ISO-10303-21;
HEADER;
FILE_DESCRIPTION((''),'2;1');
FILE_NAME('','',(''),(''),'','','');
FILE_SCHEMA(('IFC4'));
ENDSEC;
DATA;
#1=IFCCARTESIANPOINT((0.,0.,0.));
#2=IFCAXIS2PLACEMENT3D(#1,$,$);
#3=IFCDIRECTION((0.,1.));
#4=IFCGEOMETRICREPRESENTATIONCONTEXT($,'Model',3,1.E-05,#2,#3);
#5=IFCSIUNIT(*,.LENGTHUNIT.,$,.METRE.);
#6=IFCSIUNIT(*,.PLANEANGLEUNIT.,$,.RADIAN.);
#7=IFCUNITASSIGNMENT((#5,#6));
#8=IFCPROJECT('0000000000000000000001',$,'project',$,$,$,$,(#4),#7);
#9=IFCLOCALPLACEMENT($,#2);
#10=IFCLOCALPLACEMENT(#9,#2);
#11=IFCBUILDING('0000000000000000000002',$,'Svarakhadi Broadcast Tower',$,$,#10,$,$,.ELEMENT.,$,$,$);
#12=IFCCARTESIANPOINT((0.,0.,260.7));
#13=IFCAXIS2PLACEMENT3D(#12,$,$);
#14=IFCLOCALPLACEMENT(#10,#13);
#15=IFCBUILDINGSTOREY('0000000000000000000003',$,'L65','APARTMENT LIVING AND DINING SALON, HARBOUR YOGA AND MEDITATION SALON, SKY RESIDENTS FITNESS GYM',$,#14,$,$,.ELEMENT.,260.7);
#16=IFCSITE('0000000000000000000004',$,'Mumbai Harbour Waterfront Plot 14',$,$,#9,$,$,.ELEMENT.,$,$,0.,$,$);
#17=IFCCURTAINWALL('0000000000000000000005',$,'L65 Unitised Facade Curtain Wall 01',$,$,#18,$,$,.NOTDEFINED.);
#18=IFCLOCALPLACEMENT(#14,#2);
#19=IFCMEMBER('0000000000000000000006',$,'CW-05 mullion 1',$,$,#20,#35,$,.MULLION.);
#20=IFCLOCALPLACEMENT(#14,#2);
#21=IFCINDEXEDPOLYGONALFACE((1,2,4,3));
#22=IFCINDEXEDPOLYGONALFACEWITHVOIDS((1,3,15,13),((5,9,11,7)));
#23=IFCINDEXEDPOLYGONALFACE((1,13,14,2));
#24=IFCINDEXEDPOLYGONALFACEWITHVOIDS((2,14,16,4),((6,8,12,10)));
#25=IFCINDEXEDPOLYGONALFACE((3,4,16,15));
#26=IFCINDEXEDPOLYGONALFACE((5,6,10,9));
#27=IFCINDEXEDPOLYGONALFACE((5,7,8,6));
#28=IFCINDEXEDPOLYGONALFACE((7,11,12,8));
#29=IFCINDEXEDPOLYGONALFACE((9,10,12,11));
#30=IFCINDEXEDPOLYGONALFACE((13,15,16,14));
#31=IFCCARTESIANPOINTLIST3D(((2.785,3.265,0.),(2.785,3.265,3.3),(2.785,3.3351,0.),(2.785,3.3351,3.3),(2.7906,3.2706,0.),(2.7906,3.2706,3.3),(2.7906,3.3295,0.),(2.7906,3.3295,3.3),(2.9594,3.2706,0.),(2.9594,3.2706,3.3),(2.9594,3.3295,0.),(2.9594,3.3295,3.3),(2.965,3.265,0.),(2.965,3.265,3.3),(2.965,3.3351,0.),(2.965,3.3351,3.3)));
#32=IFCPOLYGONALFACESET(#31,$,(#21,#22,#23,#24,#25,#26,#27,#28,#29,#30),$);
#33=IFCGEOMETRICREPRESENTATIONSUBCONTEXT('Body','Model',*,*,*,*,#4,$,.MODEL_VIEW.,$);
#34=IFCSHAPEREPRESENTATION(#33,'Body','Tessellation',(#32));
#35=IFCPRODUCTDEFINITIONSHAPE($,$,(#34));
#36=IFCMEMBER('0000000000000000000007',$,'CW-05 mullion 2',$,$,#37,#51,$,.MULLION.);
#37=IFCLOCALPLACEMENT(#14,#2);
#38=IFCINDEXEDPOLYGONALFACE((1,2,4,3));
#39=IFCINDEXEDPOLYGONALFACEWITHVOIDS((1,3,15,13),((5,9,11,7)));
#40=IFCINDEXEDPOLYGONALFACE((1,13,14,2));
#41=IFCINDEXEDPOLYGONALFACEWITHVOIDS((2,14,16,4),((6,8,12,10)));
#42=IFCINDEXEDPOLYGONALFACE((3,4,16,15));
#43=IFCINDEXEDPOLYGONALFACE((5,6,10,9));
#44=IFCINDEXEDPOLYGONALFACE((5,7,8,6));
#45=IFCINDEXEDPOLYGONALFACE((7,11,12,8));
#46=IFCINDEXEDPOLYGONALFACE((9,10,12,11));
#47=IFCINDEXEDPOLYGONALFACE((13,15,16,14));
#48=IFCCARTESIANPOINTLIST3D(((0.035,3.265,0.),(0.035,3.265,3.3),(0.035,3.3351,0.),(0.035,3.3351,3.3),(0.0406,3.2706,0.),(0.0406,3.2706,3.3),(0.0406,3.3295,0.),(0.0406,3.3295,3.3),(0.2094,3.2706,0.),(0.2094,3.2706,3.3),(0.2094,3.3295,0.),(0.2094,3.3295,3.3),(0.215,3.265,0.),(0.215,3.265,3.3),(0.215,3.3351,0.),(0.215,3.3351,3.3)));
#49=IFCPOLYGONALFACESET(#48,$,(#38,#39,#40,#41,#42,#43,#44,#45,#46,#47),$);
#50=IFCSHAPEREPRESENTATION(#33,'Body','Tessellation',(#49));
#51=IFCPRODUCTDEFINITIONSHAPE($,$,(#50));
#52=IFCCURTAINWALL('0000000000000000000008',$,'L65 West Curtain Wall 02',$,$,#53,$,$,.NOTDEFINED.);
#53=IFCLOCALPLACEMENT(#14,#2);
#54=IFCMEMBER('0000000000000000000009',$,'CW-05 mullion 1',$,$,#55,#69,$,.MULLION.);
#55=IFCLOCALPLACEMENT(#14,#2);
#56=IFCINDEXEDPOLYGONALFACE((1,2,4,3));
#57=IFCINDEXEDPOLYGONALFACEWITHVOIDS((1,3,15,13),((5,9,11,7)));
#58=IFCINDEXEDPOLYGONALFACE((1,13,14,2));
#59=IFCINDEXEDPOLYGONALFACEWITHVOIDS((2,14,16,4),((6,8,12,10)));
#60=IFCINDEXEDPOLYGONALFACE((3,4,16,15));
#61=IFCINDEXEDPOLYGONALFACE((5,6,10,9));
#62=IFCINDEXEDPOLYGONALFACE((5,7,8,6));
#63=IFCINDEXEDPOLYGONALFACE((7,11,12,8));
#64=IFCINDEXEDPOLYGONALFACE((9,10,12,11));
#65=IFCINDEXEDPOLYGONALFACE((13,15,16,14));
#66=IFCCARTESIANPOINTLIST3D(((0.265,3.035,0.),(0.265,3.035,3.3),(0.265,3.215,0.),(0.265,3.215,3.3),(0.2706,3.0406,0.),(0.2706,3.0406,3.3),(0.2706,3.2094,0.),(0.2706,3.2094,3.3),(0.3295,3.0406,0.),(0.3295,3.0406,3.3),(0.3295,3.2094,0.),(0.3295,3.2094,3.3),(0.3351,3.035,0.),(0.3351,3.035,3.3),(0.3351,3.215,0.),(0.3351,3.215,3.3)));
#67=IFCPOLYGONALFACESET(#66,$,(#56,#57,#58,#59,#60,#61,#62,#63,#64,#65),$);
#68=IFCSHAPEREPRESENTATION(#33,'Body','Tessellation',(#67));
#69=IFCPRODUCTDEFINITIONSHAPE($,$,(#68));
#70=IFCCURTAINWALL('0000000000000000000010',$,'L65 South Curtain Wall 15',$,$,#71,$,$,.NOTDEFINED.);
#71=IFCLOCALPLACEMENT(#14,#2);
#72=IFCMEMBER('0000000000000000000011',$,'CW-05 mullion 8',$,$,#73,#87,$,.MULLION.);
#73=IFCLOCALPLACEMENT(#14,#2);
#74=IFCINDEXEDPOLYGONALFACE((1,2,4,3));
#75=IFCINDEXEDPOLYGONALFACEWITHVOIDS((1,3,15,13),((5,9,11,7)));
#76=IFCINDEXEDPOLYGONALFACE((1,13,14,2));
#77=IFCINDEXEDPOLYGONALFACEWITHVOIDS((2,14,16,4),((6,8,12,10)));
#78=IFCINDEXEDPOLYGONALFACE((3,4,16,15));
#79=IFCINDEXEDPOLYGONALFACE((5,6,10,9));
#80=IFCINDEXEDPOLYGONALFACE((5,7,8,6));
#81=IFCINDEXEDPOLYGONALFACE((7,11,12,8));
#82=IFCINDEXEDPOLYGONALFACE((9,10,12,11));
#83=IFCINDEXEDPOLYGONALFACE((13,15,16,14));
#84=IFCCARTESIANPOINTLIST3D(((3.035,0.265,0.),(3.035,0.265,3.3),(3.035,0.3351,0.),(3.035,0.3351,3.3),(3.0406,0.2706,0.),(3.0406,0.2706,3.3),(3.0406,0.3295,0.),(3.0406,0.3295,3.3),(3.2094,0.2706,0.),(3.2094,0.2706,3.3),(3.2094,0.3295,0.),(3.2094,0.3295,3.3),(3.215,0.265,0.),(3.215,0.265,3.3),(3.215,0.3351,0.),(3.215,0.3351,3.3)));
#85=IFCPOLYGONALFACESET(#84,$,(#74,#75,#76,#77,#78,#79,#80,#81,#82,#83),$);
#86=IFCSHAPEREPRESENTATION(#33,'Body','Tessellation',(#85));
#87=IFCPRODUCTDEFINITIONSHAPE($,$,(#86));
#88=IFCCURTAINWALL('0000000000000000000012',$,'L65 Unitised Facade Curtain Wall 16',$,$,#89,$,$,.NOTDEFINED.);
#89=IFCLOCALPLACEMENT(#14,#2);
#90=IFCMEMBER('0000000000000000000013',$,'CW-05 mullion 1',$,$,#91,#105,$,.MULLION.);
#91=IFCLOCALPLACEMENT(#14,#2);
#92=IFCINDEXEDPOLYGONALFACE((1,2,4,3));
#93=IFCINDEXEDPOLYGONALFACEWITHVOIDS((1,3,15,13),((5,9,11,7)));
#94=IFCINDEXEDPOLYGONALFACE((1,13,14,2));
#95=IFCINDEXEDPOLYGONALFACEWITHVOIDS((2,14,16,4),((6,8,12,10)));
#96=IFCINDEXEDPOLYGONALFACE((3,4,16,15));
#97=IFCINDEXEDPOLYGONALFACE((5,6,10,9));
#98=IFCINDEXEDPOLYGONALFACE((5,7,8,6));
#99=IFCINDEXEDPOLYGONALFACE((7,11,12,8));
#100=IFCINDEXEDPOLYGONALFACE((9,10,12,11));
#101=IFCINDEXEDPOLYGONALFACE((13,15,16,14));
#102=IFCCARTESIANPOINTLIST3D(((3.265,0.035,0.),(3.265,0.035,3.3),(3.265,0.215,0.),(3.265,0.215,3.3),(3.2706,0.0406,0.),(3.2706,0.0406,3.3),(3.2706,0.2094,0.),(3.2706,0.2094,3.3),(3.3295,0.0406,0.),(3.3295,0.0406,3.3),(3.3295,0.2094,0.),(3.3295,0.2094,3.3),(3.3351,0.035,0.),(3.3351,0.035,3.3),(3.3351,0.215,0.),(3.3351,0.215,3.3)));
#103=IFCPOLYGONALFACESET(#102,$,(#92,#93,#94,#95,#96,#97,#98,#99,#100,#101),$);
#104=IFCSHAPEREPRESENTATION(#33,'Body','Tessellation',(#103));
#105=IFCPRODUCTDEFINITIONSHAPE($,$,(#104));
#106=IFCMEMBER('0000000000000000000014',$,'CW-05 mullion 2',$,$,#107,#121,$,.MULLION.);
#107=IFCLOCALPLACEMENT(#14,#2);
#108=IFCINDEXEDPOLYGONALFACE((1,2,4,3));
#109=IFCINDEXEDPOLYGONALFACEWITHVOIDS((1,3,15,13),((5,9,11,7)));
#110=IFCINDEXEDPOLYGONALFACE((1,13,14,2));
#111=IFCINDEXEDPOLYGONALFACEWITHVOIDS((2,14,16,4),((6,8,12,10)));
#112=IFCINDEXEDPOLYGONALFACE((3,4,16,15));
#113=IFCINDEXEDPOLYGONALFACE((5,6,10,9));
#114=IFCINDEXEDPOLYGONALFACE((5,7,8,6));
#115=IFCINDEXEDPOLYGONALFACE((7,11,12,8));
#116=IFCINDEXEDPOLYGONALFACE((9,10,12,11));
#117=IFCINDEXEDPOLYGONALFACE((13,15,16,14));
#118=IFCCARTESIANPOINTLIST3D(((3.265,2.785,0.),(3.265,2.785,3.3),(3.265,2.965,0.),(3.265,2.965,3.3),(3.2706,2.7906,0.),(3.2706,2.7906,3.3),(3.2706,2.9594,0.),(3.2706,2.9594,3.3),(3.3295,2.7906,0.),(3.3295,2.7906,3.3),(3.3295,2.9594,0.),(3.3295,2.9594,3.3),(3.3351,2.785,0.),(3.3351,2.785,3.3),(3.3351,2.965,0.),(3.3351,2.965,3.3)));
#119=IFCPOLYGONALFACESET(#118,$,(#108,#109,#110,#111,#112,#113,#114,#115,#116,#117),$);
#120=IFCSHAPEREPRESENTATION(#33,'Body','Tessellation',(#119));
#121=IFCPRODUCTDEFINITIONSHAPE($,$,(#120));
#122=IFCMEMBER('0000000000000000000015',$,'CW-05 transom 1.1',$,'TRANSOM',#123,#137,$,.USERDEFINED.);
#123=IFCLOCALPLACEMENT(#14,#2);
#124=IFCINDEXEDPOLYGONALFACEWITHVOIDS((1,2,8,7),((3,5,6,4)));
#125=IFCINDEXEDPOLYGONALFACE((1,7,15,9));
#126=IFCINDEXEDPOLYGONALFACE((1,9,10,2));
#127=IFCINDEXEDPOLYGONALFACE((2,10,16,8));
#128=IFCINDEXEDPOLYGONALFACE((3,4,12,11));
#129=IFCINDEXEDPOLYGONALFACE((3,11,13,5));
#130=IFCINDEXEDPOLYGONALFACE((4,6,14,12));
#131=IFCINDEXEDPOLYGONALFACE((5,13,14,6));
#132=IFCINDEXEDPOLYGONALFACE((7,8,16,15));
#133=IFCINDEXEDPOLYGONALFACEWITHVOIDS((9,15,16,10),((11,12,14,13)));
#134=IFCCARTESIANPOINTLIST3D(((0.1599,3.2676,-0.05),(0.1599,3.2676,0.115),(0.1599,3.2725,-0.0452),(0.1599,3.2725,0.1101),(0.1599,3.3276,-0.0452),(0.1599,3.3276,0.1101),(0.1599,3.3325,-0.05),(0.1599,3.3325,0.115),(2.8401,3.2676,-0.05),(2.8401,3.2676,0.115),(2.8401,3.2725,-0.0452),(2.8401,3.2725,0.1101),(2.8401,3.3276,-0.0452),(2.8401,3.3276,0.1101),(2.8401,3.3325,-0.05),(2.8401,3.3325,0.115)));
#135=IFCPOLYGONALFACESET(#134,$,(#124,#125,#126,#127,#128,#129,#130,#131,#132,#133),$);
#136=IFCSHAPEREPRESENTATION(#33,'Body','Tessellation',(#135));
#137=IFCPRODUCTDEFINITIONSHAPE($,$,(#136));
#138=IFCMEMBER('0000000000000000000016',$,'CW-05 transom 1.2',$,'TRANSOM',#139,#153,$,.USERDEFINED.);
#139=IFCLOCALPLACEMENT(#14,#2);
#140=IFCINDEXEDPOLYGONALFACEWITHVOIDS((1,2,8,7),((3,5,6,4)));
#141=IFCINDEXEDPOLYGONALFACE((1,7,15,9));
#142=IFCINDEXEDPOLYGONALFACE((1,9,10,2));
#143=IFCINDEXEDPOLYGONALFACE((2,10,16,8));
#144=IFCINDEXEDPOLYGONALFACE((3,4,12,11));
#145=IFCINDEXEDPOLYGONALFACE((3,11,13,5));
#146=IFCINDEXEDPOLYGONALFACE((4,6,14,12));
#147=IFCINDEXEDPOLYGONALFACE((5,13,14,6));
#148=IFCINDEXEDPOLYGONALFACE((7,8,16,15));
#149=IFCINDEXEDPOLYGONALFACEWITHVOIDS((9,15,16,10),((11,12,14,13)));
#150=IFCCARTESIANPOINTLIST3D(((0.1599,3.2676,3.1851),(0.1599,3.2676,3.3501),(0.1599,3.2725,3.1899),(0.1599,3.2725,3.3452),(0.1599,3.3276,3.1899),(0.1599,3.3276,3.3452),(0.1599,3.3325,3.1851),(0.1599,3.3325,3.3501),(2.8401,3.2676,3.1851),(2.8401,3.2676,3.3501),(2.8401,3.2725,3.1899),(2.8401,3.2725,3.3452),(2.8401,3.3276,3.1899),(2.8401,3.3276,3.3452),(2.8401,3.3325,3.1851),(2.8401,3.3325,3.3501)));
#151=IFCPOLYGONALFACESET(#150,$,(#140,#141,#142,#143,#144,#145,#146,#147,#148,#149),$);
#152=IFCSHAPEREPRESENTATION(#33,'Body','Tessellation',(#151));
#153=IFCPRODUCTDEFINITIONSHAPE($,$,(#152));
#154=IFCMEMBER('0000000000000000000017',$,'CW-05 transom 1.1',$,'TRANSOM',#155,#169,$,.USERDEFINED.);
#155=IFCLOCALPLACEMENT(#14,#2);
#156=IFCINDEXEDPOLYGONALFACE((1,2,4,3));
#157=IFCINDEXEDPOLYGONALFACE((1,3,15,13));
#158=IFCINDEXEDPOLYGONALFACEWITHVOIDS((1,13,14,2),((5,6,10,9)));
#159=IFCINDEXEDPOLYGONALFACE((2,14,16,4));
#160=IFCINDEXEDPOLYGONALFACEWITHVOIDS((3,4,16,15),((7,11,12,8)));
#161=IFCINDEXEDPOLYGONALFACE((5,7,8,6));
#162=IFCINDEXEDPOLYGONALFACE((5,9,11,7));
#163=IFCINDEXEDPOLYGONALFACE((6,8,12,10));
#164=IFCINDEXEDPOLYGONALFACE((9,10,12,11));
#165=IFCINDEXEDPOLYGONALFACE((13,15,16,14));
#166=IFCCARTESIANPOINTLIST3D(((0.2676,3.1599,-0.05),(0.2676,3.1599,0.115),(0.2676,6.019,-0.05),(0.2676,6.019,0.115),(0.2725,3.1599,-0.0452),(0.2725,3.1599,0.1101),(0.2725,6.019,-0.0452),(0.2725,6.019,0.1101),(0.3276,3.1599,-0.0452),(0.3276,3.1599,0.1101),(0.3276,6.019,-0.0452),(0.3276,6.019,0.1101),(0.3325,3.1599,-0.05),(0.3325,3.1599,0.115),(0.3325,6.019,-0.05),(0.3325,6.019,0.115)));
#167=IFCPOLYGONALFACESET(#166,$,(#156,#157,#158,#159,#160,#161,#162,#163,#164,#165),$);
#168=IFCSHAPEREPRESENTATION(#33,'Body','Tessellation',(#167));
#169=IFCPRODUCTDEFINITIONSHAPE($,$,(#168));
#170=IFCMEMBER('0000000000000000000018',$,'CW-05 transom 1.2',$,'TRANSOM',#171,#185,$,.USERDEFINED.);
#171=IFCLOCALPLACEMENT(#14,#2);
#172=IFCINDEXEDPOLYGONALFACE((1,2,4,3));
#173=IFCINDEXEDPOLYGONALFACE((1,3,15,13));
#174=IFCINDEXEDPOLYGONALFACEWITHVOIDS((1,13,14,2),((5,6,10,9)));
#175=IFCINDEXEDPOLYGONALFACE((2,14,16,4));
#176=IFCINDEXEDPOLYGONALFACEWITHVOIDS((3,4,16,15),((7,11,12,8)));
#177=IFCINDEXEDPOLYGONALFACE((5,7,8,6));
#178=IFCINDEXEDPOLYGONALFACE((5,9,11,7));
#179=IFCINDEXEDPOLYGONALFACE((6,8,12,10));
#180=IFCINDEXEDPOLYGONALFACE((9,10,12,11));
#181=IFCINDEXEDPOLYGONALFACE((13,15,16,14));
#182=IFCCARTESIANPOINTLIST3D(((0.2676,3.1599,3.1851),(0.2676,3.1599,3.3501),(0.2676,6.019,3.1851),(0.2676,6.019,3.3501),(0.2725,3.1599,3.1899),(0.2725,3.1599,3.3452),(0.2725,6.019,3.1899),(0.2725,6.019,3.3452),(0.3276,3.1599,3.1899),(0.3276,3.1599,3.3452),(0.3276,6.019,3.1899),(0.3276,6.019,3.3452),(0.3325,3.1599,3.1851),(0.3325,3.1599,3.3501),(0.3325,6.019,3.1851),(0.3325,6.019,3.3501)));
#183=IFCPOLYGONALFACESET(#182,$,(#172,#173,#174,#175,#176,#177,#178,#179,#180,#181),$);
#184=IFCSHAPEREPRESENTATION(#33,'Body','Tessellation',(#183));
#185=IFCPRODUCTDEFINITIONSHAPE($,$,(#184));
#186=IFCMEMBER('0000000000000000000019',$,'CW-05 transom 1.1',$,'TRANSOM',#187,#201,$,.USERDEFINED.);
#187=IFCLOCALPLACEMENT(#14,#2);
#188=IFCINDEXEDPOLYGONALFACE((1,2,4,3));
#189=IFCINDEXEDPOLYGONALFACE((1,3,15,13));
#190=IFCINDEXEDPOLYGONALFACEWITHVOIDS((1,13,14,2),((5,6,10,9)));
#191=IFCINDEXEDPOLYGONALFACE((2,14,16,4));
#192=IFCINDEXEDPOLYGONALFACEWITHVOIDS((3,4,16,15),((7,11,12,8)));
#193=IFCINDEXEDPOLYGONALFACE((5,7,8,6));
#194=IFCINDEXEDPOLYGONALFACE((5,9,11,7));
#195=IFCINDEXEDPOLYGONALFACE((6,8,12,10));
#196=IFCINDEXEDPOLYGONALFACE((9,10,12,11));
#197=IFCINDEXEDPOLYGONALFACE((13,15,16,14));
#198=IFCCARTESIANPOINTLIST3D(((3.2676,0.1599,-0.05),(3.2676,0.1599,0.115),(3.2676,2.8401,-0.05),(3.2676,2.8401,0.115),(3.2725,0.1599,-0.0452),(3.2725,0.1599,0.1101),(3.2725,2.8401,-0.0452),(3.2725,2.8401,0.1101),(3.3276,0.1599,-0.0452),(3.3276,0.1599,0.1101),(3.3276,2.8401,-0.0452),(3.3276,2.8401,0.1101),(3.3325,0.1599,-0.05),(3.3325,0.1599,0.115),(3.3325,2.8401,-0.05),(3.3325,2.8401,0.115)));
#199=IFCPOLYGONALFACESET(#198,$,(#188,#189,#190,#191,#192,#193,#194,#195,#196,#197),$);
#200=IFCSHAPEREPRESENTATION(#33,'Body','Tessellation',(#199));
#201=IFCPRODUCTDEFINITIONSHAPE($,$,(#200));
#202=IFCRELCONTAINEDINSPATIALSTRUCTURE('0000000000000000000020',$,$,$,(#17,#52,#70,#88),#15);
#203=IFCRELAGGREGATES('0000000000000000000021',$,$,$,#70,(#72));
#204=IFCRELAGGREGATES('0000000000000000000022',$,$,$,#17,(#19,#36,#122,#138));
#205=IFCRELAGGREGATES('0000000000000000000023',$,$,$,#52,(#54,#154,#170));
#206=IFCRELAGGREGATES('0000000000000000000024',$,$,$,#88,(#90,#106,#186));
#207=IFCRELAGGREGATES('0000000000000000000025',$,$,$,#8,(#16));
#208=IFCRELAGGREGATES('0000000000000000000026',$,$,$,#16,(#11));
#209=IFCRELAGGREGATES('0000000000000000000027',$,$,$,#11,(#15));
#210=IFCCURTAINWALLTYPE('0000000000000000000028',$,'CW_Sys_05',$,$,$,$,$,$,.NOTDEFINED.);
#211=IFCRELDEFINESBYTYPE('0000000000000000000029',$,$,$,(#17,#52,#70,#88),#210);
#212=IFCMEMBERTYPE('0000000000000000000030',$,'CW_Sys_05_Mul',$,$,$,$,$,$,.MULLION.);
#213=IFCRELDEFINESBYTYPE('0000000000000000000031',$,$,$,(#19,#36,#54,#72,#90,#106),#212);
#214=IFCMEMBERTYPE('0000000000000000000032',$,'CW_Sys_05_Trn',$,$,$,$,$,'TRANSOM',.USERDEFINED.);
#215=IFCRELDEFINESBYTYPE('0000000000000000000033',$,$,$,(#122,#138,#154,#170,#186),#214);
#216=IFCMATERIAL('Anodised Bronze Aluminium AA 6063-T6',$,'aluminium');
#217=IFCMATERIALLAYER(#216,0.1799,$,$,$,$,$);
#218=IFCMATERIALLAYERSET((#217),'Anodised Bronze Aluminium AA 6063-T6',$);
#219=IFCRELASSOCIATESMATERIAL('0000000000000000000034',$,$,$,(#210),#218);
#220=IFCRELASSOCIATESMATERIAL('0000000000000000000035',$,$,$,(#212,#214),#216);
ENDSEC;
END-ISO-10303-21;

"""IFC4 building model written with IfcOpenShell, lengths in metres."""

from ifc_helpers import new_model, si_unit, direction, frame, origin, origin_2d, place, context, subcontext, project, spatial, hollow_rectangle, extrude, material, layer, layer_set, material_profile, profile_set, type_object, element, aggregate, save


model = new_model("IFC4")

# Units and contexts
model_context = context("Model", 3, precision=1e-05, world=origin(), true_north=direction((0.0, 1.0)))
body_context = subcontext(model_context, "Body", "Model", "MODEL_VIEW")
ifc_project = project(units=[si_unit("LENGTHUNIT", "METRE"), si_unit("PLANEANGLEUNIT", "RADIAN")], contexts=[model_context])

# Site, building, storey
site_placement = place(None, origin())
site = spatial("IfcSite", under=ifc_project, at=site_placement, Name="Mumbai Harbour Waterfront Plot 14", CompositionType="ELEMENT", RefElevation=0.0)
building_placement = place(site_placement, origin())
building = spatial("IfcBuilding", under=site, at=building_placement, Name="Svarakhadi Broadcast Tower", CompositionType="ELEMENT")
storey_placement = place(building_placement, frame((0.0, 0.0, 260.7)))
storey = spatial("IfcBuildingStorey", under=building, at=storey_placement, Name="L65", Description="APARTMENT LIVING AND DINING SALON, HARBOUR YOGA AND MEDITATION SALON, SKY RESIDENTS FITNESS GYM", CompositionType="ELEMENT", Elevation=260.7)

# Curtain wall, members
ifc_material_1 = material(Name="Anodised Bronze Aluminium AA 6063-T6", Category="aluminium")
ifc_layer_1 = layer(ifc_material_1, 0.1799)
ifc_layer_set_1 = layer_set([ifc_layer_1], Name="Anodised Bronze Aluminium AA 6063-T6")
curtain_wall_type = type_object("IfcCurtainWallType", Name="CW_Sys_05", PredefinedType="NOTDEFINED", material=ifc_layer_set_1)
curtain_wall_1_placement = place(storey_placement, origin())
curtain_wall_1 = element("IfcCurtainWall", 1, at=curtain_wall_1_placement, inside=storey, type_object=curtain_wall_type, Name="L65 Unitised Facade Curtain Wall 01", PredefinedType="NOTDEFINED")
ifc_material_profile_1 = material_profile(ifc_material_1, hollow_rectangle(XDim=0.0701, YDim=0.1799, WallThickness=0.0056, at=origin_2d()), Name="ALU MULLION 180x70x6")
ifc_profile_set_1 = profile_set([ifc_material_profile_1], Name="Anodised Bronze Aluminium AA 6063-T6")
member_type_1 = type_object("IfcMemberType", Name="CW_Sys_05_Mul", PredefinedType="MULLION", material=ifc_profile_set_1)
member_1_placement = place(storey_placement, frame((2.875, 3.3, 0.0), z_axis=(0.0, 0.0, 1.0), x_axis=(0.0, -1.0, 0.0)))
member_1 = element("IfcMember", 2, at=member_1_placement, type_object=member_type_1, Name="CW-05 mullion 1", PredefinedType="MULLION", context=body_context, shape_type="SweptSolid", body=[
    extrude(hollow_rectangle(XDim=0.0701, YDim=0.1799, WallThickness=0.0056, at=origin_2d()), origin(), (0.0, 0.0, 1.0), 3.3),
])
member_2_placement = place(storey_placement, frame((0.125, 3.3, 0.0), z_axis=(0.0, 0.0, 1.0), x_axis=(0.0, -1.0, 0.0)))
member_2 = element("IfcMember", 3, at=member_2_placement, type_object=member_type_1, Name="CW-05 mullion 2", PredefinedType="MULLION", context=body_context, shape_type="SweptSolid", body=[
    extrude(hollow_rectangle(XDim=0.0701, YDim=0.1799, WallThickness=0.0056, at=origin_2d()), origin(), (0.0, 0.0, 1.0), 3.3),
])

# Curtain walls, members
curtain_wall_2_placement = place(storey_placement, origin())
curtain_wall_2 = element("IfcCurtainWall", 4, at=curtain_wall_2_placement, inside=storey, type_object=curtain_wall_type, Name="L65 West Curtain Wall 02", PredefinedType="NOTDEFINED")
member_3_placement = place(storey_placement, frame((0.3, 3.125, 0.0), z_axis=(0.0, 0.0, 1.0), x_axis=(-1.0, 0.0, 0.0)))
member_3 = element("IfcMember", 5, at=member_3_placement, type_object=member_type_1, Name="CW-05 mullion 1", PredefinedType="MULLION", context=body_context, shape_type="SweptSolid", body=[
    extrude(hollow_rectangle(XDim=0.0701, YDim=0.1799, WallThickness=0.0056, at=origin_2d()), origin(), (0.0, 0.0, 1.0), 3.3),
])
curtain_wall_3_placement = place(storey_placement, origin())
curtain_wall_3 = element("IfcCurtainWall", 6, at=curtain_wall_3_placement, inside=storey, type_object=curtain_wall_type, Name="L65 South Curtain Wall 15", PredefinedType="NOTDEFINED")
member_4_placement = place(storey_placement, frame((3.125, 0.3, 0.0), z_axis=(0.0, 0.0, 1.0), x_axis=(0.0, -1.0, 0.0)))
member_4 = element("IfcMember", 7, at=member_4_placement, type_object=member_type_1, Name="CW-05 mullion 8", PredefinedType="MULLION", context=body_context, shape_type="SweptSolid", body=[
    extrude(hollow_rectangle(XDim=0.0701, YDim=0.1799, WallThickness=0.0056, at=origin_2d()), origin(), (0.0, 0.0, 1.0), 3.3),
])
aggregate(curtain_wall_3, [member_4])

# Curtain wall, members
curtain_wall_4_placement = place(storey_placement, origin())
curtain_wall_4 = element("IfcCurtainWall", 8, at=curtain_wall_4_placement, inside=storey, type_object=curtain_wall_type, Name="L65 Unitised Facade Curtain Wall 16", PredefinedType="NOTDEFINED")
member_5_placement = place(storey_placement, frame((3.3, 0.125, 0.0), z_axis=(0.0, 0.0, 1.0), x_axis=(-1.0, 0.0, 0.0)))
member_5 = element("IfcMember", 9, at=member_5_placement, type_object=member_type_1, Name="CW-05 mullion 1", PredefinedType="MULLION", context=body_context, shape_type="SweptSolid", body=[
    extrude(hollow_rectangle(XDim=0.0701, YDim=0.1799, WallThickness=0.0056, at=origin_2d()), origin(), (0.0, 0.0, 1.0), 3.3),
])
member_6_placement = place(storey_placement, frame((3.3, 2.875, 0.0), z_axis=(0.0, 0.0, 1.0), x_axis=(-1.0, 0.0, 0.0)))
member_6 = element("IfcMember", 10, at=member_6_placement, type_object=member_type_1, Name="CW-05 mullion 2", PredefinedType="MULLION", context=body_context, shape_type="SweptSolid", body=[
    extrude(hollow_rectangle(XDim=0.0701, YDim=0.1799, WallThickness=0.0056, at=origin_2d()), origin(), (0.0, 0.0, 1.0), 3.3),
])

# Members
ifc_material_profile_2 = material_profile(ifc_material_1, hollow_rectangle(XDim=0.0649, YDim=0.165, WallThickness=0.0049, at=origin_2d()), Name="ALU TRANSOM 165x65x5")
ifc_profile_set_2 = profile_set([ifc_material_profile_2], Name="Anodised Bronze Aluminium AA 6063-T6")
member_type_2 = type_object("IfcMemberType", Name="CW_Sys_05_Trn", ElementType="TRANSOM", PredefinedType="USERDEFINED", material=ifc_profile_set_2)
member_7_placement = place(storey_placement, frame((2.8401, 3.3, 0.0325), z_axis=(-1.0, 0.0, 0.0), x_axis=(0.0, -1.0, 0.0)))
member_7 = element("IfcMember", 11, at=member_7_placement, type_object=member_type_2, Name="CW-05 transom 1.1", ObjectType="TRANSOM", PredefinedType="USERDEFINED", context=body_context, shape_type="SweptSolid", body=[
    extrude(hollow_rectangle(XDim=0.0649, YDim=0.165, WallThickness=0.0049, at=origin_2d()), origin(), (0.0, 0.0, 1.0), 2.6802),
])
member_8_placement = place(storey_placement, frame((2.8401, 3.3, 3.2676), z_axis=(-1.0, 0.0, 0.0), x_axis=(0.0, -1.0, 0.0)))
member_8 = element("IfcMember", 12, at=member_8_placement, type_object=member_type_2, Name="CW-05 transom 1.2", ObjectType="TRANSOM", PredefinedType="USERDEFINED", context=body_context, shape_type="SweptSolid", body=[
    extrude(hollow_rectangle(XDim=0.0649, YDim=0.165, WallThickness=0.0049, at=origin_2d()), origin(), (0.0, 0.0, 1.0), 2.6802),
])
member_9_placement = place(storey_placement, frame((0.3, 3.1599, 0.0325), z_axis=(0.0, 1.0, 0.0), x_axis=(-1.0, 0.0, 0.0)))
member_9 = element("IfcMember", 13, at=member_9_placement, type_object=member_type_2, Name="CW-05 transom 1.1", ObjectType="TRANSOM", PredefinedType="USERDEFINED", context=body_context, shape_type="SweptSolid", body=[
    extrude(hollow_rectangle(XDim=0.0649, YDim=0.165, WallThickness=0.0049, at=origin_2d()), origin(), (0.0, 0.0, 1.0), 2.8591),
])
member_10_placement = place(storey_placement, frame((0.3, 3.1599, 3.2676), z_axis=(0.0, 1.0, 0.0), x_axis=(-1.0, 0.0, 0.0)))
member_10 = element("IfcMember", 14, at=member_10_placement, type_object=member_type_2, Name="CW-05 transom 1.2", ObjectType="TRANSOM", PredefinedType="USERDEFINED", context=body_context, shape_type="SweptSolid", body=[
    extrude(hollow_rectangle(XDim=0.0649, YDim=0.165, WallThickness=0.0049, at=origin_2d()), origin(), (0.0, 0.0, 1.0), 2.8591),
])
member_11_placement = place(storey_placement, frame((3.3, 0.1599, 0.0325), z_axis=(0.0, 1.0, 0.0), x_axis=(-1.0, 0.0, 0.0)))
member_11 = element("IfcMember", 15, at=member_11_placement, type_object=member_type_2, Name="CW-05 transom 1.1", ObjectType="TRANSOM", PredefinedType="USERDEFINED", context=body_context, shape_type="SweptSolid", body=[
    extrude(hollow_rectangle(XDim=0.0649, YDim=0.165, WallThickness=0.0049, at=origin_2d()), origin(), (0.0, 0.0, 1.0), 2.6802),
])

aggregate(curtain_wall_1, [member_1, member_2, member_7, member_8])
aggregate(curtain_wall_2, [member_3, member_9, member_10])
aggregate(curtain_wall_4, [member_5, member_6, member_11])

save(model, "model.ifc")
